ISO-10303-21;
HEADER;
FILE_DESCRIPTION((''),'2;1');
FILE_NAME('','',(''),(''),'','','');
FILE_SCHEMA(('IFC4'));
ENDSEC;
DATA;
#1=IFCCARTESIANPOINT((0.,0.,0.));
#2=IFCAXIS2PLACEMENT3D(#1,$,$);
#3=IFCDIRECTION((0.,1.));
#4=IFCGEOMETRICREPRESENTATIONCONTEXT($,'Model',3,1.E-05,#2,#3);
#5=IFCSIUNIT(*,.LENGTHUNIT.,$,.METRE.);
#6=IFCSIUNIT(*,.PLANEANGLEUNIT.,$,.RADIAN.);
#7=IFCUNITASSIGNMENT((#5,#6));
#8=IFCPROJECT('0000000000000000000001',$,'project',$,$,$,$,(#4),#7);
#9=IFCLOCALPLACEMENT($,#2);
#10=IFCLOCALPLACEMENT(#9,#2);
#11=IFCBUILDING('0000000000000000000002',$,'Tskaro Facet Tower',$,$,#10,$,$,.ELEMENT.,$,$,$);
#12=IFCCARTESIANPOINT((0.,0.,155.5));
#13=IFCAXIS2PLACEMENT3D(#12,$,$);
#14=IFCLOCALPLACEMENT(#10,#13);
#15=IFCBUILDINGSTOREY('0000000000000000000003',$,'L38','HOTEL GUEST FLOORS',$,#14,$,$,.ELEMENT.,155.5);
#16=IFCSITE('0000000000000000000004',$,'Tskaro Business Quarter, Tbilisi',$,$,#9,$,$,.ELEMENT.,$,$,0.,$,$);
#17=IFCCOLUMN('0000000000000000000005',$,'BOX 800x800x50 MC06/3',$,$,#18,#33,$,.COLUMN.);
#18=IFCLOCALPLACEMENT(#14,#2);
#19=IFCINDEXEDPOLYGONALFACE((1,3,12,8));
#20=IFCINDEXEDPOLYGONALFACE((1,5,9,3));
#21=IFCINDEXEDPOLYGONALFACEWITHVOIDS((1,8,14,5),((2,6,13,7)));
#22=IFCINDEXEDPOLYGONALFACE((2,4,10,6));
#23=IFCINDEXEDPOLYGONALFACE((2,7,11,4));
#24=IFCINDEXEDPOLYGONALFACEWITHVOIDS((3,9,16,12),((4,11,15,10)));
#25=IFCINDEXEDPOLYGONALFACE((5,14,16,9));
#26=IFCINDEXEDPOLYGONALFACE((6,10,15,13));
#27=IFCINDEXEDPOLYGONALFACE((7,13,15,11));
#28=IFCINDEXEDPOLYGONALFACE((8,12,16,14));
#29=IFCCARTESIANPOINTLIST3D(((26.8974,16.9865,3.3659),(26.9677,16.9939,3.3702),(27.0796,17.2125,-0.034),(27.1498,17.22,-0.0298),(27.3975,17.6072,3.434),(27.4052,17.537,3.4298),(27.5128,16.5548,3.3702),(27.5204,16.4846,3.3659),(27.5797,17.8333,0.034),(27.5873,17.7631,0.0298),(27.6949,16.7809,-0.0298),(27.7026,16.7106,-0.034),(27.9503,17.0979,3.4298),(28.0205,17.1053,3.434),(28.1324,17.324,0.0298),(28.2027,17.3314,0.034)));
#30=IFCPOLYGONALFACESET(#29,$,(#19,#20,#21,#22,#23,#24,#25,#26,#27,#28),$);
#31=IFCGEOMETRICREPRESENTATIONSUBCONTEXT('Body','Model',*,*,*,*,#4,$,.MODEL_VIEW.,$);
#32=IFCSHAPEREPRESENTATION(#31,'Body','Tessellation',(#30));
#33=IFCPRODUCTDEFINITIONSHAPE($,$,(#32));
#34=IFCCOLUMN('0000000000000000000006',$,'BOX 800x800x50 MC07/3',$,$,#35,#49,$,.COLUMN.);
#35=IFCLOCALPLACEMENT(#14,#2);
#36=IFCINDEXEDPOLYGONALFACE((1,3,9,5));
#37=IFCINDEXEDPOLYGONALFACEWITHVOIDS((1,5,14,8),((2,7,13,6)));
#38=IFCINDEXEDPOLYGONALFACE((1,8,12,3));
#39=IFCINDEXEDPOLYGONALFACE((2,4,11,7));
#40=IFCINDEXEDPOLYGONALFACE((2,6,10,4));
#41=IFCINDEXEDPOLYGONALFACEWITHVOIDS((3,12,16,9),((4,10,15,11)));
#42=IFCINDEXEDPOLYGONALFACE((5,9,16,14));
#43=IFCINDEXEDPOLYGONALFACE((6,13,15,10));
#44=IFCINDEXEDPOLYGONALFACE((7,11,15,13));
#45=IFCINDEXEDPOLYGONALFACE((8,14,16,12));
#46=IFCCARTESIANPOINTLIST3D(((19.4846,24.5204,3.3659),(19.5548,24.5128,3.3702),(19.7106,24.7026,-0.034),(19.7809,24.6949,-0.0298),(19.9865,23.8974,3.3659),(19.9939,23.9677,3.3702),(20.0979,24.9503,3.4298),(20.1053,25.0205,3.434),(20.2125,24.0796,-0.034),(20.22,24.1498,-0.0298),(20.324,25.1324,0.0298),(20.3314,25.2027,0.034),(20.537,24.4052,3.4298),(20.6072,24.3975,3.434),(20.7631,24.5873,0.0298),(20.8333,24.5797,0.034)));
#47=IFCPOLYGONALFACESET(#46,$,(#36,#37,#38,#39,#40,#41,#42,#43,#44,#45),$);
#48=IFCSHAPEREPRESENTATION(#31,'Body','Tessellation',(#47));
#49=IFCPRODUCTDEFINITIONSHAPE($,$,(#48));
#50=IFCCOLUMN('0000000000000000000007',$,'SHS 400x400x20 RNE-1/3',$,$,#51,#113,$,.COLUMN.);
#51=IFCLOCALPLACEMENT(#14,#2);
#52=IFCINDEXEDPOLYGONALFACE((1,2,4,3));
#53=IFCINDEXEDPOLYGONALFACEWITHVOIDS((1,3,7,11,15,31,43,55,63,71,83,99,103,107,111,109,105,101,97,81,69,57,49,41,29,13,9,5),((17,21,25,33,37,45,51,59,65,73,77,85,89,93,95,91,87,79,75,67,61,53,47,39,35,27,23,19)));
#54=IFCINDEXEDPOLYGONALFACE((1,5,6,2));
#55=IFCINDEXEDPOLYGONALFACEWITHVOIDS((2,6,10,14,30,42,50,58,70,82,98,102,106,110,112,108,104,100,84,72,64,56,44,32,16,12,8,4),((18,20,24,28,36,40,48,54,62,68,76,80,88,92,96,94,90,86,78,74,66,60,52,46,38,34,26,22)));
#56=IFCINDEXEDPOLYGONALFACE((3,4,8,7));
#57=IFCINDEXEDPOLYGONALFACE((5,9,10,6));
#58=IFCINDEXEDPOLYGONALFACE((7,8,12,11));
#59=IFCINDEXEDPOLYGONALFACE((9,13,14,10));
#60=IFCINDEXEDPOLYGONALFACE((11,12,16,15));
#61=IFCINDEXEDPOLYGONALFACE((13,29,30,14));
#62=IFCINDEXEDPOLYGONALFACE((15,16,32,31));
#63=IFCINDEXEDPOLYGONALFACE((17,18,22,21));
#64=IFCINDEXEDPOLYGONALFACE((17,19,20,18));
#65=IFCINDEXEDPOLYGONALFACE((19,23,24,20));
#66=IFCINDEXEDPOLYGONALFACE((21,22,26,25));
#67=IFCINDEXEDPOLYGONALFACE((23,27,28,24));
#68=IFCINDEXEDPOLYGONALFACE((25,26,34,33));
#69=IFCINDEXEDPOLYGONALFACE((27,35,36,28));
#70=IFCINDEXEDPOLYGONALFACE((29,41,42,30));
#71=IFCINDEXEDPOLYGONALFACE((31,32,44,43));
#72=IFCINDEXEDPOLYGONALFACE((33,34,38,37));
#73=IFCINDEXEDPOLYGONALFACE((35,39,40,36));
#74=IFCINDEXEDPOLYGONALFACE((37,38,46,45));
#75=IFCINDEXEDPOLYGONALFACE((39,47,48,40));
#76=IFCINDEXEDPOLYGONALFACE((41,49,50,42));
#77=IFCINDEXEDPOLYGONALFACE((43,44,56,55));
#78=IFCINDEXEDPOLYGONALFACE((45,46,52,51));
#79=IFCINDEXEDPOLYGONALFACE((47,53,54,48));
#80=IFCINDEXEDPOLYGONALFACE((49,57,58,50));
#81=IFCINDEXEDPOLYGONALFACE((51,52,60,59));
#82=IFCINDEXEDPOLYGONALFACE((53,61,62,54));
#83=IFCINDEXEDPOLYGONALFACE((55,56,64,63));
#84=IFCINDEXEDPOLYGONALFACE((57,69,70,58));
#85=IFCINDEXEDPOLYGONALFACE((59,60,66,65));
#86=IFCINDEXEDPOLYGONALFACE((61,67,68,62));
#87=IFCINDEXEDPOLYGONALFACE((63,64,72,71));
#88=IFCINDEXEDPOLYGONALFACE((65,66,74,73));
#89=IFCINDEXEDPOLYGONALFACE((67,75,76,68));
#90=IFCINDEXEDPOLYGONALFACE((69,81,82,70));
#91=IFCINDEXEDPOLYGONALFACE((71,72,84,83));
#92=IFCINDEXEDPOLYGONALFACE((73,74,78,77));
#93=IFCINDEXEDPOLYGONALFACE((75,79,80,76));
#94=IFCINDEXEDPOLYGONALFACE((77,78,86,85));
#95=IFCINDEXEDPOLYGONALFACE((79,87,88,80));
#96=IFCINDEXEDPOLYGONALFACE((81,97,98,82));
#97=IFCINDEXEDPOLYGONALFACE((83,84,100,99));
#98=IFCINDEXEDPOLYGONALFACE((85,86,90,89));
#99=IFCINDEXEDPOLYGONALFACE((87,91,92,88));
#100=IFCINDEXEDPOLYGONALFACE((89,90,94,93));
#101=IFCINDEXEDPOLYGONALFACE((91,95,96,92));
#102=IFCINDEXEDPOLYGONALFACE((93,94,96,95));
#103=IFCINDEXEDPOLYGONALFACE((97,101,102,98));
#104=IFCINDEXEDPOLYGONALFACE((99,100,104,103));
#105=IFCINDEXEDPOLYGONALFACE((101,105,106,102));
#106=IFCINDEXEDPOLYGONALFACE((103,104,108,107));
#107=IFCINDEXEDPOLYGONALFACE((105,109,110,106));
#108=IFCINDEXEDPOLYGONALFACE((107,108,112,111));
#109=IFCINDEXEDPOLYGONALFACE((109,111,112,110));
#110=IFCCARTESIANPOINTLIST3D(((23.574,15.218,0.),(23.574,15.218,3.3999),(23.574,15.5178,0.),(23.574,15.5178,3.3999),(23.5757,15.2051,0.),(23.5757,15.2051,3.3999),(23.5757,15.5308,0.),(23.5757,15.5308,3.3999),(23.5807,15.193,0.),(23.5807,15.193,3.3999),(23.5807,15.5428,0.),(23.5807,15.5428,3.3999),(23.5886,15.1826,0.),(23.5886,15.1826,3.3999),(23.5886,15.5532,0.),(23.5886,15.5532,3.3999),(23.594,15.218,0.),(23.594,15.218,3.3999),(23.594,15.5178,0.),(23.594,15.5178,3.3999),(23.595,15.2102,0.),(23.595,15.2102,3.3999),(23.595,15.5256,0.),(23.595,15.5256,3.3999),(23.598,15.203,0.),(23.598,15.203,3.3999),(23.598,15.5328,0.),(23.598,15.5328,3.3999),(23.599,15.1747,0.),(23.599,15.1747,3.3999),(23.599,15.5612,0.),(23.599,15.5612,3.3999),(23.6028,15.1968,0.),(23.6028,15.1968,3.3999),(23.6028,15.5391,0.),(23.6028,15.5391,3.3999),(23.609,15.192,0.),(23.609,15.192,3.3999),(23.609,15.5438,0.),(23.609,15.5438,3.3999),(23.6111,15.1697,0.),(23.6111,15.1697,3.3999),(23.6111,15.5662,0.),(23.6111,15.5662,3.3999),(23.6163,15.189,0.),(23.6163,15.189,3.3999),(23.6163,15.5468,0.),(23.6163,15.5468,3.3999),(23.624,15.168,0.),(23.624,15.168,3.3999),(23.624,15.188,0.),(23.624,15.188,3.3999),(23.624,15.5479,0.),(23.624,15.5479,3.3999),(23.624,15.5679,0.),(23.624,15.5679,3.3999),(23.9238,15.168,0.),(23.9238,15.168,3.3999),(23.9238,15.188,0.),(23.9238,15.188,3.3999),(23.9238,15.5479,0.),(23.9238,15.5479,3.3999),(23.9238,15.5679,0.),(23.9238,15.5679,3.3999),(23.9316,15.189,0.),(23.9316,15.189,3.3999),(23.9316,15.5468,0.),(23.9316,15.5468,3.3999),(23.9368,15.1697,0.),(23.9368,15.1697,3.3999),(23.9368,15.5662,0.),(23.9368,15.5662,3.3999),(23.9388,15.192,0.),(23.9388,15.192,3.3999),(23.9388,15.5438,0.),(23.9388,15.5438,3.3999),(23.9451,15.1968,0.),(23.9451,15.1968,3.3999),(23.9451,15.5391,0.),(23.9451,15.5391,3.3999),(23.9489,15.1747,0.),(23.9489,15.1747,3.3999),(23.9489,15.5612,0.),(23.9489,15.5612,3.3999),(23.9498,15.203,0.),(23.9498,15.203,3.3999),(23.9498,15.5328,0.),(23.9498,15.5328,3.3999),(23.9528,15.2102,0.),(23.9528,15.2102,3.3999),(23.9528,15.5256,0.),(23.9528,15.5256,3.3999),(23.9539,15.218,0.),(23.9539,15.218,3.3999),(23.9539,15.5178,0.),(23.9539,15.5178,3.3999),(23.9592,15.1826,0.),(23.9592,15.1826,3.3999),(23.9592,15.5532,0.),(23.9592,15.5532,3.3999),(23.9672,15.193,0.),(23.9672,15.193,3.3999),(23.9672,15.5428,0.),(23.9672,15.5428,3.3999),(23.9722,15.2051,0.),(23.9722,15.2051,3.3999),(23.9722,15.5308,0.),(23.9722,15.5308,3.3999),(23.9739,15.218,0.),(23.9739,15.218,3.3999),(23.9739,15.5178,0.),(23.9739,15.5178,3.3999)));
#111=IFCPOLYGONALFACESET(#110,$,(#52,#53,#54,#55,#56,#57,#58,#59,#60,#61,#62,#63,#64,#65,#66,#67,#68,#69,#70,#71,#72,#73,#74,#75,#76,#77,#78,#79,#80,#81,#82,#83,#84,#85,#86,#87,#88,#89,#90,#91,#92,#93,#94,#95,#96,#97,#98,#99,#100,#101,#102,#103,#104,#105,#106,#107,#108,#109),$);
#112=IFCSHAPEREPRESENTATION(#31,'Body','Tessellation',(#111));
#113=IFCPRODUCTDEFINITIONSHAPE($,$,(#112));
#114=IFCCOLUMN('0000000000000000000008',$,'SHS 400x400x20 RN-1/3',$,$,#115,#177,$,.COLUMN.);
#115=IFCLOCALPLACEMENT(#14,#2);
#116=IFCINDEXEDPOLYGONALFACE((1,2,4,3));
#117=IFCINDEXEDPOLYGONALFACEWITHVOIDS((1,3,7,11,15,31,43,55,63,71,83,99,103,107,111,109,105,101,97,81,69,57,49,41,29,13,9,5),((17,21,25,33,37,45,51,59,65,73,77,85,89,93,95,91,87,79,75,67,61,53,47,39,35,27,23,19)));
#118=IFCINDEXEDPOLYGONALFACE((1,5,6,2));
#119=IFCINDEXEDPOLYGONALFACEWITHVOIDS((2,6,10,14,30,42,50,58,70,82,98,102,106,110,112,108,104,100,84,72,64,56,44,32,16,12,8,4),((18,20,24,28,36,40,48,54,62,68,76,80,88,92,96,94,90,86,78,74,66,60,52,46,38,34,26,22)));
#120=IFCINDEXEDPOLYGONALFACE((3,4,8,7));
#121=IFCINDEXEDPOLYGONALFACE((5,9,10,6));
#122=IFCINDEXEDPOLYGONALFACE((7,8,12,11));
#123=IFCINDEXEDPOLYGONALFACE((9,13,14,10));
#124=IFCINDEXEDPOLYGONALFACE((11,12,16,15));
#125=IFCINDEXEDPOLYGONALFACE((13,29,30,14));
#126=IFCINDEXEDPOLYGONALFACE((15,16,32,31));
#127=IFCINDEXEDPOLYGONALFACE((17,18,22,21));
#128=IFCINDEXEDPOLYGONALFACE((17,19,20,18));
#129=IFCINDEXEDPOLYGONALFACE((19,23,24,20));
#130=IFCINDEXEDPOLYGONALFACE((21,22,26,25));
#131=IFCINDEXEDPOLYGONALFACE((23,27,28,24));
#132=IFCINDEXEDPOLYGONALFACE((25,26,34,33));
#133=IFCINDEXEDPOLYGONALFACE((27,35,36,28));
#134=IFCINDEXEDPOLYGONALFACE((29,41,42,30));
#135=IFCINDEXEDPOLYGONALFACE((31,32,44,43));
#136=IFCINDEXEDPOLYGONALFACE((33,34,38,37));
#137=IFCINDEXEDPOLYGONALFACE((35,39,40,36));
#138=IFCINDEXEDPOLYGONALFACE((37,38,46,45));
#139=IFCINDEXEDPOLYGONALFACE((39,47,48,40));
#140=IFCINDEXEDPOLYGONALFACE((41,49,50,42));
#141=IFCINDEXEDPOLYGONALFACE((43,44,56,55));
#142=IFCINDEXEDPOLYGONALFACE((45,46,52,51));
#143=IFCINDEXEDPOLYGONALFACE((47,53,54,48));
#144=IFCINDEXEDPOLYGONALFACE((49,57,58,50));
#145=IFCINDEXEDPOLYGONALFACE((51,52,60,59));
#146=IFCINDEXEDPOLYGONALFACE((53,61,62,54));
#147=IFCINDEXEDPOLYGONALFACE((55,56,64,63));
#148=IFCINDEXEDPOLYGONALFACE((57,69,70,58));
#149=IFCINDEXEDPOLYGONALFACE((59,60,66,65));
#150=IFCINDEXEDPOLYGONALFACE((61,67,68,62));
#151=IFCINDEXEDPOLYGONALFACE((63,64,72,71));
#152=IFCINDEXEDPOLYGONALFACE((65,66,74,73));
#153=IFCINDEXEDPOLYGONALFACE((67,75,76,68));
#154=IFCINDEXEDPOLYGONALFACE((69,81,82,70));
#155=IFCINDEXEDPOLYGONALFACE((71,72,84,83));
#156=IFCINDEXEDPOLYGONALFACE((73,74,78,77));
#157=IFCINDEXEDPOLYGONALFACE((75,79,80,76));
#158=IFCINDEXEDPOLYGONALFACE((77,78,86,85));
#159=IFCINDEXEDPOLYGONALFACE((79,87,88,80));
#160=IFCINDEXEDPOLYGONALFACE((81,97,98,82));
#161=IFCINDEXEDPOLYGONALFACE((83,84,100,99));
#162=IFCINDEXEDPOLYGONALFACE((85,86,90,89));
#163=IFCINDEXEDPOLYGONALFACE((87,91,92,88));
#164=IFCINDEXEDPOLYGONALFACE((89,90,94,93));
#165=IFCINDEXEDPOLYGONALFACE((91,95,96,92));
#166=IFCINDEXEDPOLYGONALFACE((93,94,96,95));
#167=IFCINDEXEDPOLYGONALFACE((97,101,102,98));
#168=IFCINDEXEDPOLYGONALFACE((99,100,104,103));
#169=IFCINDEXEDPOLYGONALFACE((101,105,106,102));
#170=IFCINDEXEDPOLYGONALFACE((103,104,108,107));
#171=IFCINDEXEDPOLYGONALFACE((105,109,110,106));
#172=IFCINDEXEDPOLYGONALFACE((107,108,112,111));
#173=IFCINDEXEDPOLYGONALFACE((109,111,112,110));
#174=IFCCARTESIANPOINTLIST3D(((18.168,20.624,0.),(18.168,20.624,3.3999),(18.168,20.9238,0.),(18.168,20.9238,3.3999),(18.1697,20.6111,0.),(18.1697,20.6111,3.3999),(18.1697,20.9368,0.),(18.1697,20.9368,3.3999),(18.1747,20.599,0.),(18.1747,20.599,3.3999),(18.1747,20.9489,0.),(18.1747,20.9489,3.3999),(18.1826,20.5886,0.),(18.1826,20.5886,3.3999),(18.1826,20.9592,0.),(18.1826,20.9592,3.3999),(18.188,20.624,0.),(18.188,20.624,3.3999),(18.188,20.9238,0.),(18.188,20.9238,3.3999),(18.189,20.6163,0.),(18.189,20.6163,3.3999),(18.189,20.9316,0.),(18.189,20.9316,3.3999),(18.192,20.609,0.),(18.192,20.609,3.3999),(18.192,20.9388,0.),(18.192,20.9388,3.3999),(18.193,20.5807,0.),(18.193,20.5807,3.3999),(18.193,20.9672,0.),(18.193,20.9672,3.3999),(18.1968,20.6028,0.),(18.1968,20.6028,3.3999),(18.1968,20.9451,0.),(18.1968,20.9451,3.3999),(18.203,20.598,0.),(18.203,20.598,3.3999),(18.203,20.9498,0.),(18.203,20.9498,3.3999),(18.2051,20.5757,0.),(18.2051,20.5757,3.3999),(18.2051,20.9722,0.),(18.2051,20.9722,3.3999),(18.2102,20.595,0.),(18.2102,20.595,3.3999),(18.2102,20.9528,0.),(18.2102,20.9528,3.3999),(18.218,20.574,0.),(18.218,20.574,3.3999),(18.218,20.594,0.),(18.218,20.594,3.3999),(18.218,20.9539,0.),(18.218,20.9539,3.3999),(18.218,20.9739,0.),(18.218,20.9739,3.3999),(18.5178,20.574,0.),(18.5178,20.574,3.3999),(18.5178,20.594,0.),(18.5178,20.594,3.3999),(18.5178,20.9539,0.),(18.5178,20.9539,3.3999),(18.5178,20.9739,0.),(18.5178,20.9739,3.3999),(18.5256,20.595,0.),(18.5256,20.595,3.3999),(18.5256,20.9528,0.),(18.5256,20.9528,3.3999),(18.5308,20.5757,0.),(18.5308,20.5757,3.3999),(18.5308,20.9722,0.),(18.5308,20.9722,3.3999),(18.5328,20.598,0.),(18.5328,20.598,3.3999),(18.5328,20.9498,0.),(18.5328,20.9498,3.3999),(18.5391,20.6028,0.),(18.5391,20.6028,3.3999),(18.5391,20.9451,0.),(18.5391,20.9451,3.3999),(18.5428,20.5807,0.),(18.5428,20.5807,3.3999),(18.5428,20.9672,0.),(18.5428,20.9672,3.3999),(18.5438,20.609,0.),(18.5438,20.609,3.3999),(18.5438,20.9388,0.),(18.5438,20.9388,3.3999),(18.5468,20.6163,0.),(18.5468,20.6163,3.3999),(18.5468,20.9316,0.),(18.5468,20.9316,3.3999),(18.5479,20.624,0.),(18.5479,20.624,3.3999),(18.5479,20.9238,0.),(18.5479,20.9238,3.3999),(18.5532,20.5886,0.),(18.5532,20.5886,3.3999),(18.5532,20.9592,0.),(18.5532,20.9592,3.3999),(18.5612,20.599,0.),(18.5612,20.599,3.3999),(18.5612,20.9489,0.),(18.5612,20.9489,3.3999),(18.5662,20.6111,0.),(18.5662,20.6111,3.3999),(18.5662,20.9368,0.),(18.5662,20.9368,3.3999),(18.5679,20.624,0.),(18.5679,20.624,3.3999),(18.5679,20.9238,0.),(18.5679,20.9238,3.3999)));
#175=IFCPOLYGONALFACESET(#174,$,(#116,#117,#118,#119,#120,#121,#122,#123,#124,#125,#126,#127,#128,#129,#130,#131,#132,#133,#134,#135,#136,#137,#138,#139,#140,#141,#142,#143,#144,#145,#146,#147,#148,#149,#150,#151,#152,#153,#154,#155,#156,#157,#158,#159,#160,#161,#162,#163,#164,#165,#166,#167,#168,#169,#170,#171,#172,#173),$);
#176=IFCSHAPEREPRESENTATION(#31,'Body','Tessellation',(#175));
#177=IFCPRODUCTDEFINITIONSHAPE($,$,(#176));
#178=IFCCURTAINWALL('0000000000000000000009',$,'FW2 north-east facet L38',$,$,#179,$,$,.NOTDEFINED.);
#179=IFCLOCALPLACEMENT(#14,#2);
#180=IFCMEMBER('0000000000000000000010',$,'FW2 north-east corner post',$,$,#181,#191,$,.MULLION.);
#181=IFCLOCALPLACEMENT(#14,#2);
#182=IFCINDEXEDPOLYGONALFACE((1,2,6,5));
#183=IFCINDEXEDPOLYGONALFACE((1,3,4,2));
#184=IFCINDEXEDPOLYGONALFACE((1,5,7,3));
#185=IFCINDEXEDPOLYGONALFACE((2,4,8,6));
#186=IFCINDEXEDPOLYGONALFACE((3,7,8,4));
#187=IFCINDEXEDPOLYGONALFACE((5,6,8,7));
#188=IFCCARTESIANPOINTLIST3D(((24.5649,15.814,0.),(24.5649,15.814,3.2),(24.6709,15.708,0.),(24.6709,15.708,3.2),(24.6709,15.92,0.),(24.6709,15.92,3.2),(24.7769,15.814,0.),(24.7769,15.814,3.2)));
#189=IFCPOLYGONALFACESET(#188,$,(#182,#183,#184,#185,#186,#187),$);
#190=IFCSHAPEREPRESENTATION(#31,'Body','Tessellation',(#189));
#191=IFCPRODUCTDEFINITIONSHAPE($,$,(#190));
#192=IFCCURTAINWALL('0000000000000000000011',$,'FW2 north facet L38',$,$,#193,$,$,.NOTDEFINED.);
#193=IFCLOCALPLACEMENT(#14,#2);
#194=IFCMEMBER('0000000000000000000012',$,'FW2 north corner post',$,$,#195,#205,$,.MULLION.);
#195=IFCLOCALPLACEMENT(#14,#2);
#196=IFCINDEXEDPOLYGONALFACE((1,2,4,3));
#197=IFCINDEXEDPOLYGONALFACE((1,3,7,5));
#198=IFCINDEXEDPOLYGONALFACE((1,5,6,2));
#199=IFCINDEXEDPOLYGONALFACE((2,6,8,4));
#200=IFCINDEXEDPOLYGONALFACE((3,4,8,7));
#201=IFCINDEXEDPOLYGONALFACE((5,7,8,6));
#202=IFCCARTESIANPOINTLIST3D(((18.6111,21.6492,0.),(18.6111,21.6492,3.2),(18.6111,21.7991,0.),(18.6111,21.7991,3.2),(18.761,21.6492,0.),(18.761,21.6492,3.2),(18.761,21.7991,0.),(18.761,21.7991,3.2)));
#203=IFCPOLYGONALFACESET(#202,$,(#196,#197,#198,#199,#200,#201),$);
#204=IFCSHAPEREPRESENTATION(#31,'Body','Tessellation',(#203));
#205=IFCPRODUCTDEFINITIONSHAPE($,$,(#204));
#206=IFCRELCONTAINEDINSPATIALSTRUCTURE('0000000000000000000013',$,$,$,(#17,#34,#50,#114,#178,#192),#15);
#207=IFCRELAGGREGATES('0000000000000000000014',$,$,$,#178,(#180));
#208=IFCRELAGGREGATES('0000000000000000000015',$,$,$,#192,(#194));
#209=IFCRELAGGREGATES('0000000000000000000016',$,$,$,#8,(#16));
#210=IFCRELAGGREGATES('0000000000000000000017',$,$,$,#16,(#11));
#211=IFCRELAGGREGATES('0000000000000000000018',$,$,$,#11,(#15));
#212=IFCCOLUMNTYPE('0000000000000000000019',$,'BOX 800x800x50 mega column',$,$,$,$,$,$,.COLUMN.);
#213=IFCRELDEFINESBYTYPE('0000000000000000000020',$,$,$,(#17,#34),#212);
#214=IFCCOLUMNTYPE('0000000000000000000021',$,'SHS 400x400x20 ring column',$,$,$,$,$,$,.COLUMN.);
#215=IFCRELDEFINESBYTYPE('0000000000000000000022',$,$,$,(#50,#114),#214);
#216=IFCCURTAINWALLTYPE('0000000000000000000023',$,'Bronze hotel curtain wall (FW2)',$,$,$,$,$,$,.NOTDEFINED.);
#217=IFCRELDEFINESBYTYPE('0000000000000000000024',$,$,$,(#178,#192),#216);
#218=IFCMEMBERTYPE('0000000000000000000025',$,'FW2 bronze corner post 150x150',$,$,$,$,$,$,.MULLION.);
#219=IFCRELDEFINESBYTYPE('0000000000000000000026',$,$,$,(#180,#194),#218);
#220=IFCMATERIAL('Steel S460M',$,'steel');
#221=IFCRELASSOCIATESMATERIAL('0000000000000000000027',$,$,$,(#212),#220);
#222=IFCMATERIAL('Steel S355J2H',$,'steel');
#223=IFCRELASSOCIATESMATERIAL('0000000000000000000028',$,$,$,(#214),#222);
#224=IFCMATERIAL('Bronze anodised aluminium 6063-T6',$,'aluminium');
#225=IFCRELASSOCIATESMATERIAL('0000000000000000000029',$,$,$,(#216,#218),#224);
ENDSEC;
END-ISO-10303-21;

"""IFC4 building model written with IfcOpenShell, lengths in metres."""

from ifc_helpers import new_model, si_unit, direction, frame, origin, origin_2d, place, context, subcontext, project, spatial, rectangle, hollow_rectangle, extrude, material, material_profile, profile_set, type_object, element, aggregate, save


model = new_model("IFC4")

# Units and contexts
model_context = context("Model", 3, precision=1e-05, world=origin(), true_north=direction((0.0, 1.0)))
body_context = subcontext(model_context, "Body", "Model", "MODEL_VIEW")
ifc_project = project(units=[si_unit("LENGTHUNIT", "METRE"), si_unit("PLANEANGLEUNIT", "RADIAN")], contexts=[model_context])

# Site, building, storey
site_placement = place(None, origin())
site = spatial("IfcSite", under=ifc_project, at=site_placement, Name="Tskaro Business Quarter, Tbilisi", CompositionType="ELEMENT", RefElevation=0.0)
building_placement = place(site_placement, origin())
building = spatial("IfcBuilding", under=site, at=building_placement, Name="Tskaro Facet Tower", CompositionType="ELEMENT")
storey_placement = place(building_placement, frame((0.0, 0.0, 155.5)))
storey = spatial("IfcBuildingStorey", under=building, at=storey_placement, Name="L38", Description="HOTEL GUEST FLOORS", CompositionType="ELEMENT", Elevation=155.5)

# Columns
ifc_material_1 = material(Name="Steel S460M", Category="steel")
ifc_material_profile_1 = material_profile(ifc_material_1, hollow_rectangle(XDim=0.8, YDim=0.8, WallThickness=0.05, at=origin_2d()), Name="BOX 800x800x50")
ifc_profile_set_1 = profile_set([ifc_material_profile_1], Name="Steel S460M")
column_type_1 = type_object("IfcColumnType", Name="BOX 800x800x50 mega column", PredefinedType="COLUMN", material=ifc_profile_set_1)
for number, where, z_axis, x_axis, name in (
    (1, (27.6411, 17.272, 0.0), (-0.053375, -0.066253, 0.996374), (0.778731, -0.627358, 0.0), "BOX 800x800x50 MC06/3"),
    (2, (20.272, 24.6411, 0.0), (-0.066253, -0.053375, 0.996374), (0.627358, -0.778731, 0.0), "BOX 800x800x50 MC07/3"),
):
    element("IfcColumn", number, at=place(storey_placement, frame(where, z_axis=z_axis, x_axis=x_axis)), inside=storey, type_object=column_type_1, Name=name, PredefinedType="COLUMN", context=body_context, shape_type="SweptSolid", body=[
        extrude(hollow_rectangle(XDim=0.8, YDim=0.8, WallThickness=0.05, at=origin_2d()), origin(), (0.0, 0.0, 1.0), 3.4124),
    ])
ifc_material_2 = material(Name="Steel S355J2H", Category="steel")
ifc_material_profile_2 = material_profile(ifc_material_2, hollow_rectangle(XDim=0.3999, YDim=0.3999, WallThickness=0.02, InnerFilletRadius=0.03, OuterFilletRadius=0.05, at=origin_2d()), Name="SHS 400x400x20")
ifc_profile_set_2 = profile_set([ifc_material_profile_2], Name="Steel S355J2H")
column_type_2 = type_object("IfcColumnType", Name="SHS 400x400x20 ring column", PredefinedType="COLUMN", material=ifc_profile_set_2)
for number, where, z_axis, x_axis, name in (
    (3, (23.7739, 15.3679, 0.0), (0.0, 0.0, 1.0), (1.0, 0.0, 0.0), "SHS 400x400x20 RNE-1/3"),
    (4, (18.3679, 20.7739, 0.0), (0.0, 0.0, 1.0), (1.0, 0.0, 0.0), "SHS 400x400x20 RN-1/3"),
):
    element("IfcColumn", number, at=place(storey_placement, frame(where, z_axis=z_axis, x_axis=x_axis)), inside=storey, type_object=column_type_2, Name=name, PredefinedType="COLUMN", context=body_context, shape_type="SweptSolid", body=[
        extrude(hollow_rectangle(XDim=0.3999, YDim=0.3999, WallThickness=0.02, InnerFilletRadius=0.03, OuterFilletRadius=0.05, at=origin_2d()), origin(), (0.0, 0.0, 1.0), 3.3999),
    ])

# Curtain walls, members
ifc_material_3 = material(Name="Bronze anodised aluminium 6063-T6", Category="aluminium")
curtain_wall_type = type_object("IfcCurtainWallType", Name="Bronze hotel curtain wall (FW2)", PredefinedType="NOTDEFINED", material=ifc_material_3)
curtain_wall_1_placement = place(storey_placement, origin())
curtain_wall_1 = element("IfcCurtainWall", 5, at=curtain_wall_1_placement, inside=storey, type_object=curtain_wall_type, Name="FW2 north-east facet L38", PredefinedType="NOTDEFINED")
ifc_material_profile_3 = material_profile(ifc_material_3, rectangle(XDim=0.1499, YDim=0.1499, at=origin_2d()), Name="Corner post 150x150")
ifc_profile_set_3 = profile_set([ifc_material_profile_3], Name="Bronze anodised aluminium 6063-T6")
member_type_1 = type_object("IfcMemberType", Name="FW2 bronze corner post 150x150", PredefinedType="MULLION", material=ifc_profile_set_3)
member_1_placement = place(storey_placement, frame((24.6709, 15.814, 0.0), z_axis=(0.0, 0.0, 1.0), x_axis=(-0.707107, 0.707107, 0.0)))
member_1 = element("IfcMember", 6, at=member_1_placement, type_object=member_type_1, Name="FW2 north-east corner post", PredefinedType="MULLION", context=body_context, shape_type="SweptSolid", body=[
    extrude(rectangle(XDim=0.1499, YDim=0.1499, at=origin_2d()), origin(), (0.0, 0.0, 1.0), 3.2),
])
curtain_wall_2_placement = place(storey_placement, origin())
curtain_wall_2 = element("IfcCurtainWall", 7, at=curtain_wall_2_placement, inside=storey, type_object=curtain_wall_type, Name="FW2 north facet L38", PredefinedType="NOTDEFINED")
member_2_placement = place(storey_placement, frame((18.686, 21.7241, 0.0), z_axis=(0.0, 0.0, 1.0), x_axis=(-1.0, 0.0, 0.0)))
member_2 = element("IfcMember", 8, at=member_2_placement, type_object=member_type_1, Name="FW2 north corner post", PredefinedType="MULLION", context=body_context, shape_type="SweptSolid", body=[
    extrude(rectangle(XDim=0.1499, YDim=0.1499, at=origin_2d()), origin(), (0.0, 0.0, 1.0), 3.2),
])

aggregate(curtain_wall_1, [member_1])
aggregate(curtain_wall_2, [member_2])

save(model, "model.ifc")
